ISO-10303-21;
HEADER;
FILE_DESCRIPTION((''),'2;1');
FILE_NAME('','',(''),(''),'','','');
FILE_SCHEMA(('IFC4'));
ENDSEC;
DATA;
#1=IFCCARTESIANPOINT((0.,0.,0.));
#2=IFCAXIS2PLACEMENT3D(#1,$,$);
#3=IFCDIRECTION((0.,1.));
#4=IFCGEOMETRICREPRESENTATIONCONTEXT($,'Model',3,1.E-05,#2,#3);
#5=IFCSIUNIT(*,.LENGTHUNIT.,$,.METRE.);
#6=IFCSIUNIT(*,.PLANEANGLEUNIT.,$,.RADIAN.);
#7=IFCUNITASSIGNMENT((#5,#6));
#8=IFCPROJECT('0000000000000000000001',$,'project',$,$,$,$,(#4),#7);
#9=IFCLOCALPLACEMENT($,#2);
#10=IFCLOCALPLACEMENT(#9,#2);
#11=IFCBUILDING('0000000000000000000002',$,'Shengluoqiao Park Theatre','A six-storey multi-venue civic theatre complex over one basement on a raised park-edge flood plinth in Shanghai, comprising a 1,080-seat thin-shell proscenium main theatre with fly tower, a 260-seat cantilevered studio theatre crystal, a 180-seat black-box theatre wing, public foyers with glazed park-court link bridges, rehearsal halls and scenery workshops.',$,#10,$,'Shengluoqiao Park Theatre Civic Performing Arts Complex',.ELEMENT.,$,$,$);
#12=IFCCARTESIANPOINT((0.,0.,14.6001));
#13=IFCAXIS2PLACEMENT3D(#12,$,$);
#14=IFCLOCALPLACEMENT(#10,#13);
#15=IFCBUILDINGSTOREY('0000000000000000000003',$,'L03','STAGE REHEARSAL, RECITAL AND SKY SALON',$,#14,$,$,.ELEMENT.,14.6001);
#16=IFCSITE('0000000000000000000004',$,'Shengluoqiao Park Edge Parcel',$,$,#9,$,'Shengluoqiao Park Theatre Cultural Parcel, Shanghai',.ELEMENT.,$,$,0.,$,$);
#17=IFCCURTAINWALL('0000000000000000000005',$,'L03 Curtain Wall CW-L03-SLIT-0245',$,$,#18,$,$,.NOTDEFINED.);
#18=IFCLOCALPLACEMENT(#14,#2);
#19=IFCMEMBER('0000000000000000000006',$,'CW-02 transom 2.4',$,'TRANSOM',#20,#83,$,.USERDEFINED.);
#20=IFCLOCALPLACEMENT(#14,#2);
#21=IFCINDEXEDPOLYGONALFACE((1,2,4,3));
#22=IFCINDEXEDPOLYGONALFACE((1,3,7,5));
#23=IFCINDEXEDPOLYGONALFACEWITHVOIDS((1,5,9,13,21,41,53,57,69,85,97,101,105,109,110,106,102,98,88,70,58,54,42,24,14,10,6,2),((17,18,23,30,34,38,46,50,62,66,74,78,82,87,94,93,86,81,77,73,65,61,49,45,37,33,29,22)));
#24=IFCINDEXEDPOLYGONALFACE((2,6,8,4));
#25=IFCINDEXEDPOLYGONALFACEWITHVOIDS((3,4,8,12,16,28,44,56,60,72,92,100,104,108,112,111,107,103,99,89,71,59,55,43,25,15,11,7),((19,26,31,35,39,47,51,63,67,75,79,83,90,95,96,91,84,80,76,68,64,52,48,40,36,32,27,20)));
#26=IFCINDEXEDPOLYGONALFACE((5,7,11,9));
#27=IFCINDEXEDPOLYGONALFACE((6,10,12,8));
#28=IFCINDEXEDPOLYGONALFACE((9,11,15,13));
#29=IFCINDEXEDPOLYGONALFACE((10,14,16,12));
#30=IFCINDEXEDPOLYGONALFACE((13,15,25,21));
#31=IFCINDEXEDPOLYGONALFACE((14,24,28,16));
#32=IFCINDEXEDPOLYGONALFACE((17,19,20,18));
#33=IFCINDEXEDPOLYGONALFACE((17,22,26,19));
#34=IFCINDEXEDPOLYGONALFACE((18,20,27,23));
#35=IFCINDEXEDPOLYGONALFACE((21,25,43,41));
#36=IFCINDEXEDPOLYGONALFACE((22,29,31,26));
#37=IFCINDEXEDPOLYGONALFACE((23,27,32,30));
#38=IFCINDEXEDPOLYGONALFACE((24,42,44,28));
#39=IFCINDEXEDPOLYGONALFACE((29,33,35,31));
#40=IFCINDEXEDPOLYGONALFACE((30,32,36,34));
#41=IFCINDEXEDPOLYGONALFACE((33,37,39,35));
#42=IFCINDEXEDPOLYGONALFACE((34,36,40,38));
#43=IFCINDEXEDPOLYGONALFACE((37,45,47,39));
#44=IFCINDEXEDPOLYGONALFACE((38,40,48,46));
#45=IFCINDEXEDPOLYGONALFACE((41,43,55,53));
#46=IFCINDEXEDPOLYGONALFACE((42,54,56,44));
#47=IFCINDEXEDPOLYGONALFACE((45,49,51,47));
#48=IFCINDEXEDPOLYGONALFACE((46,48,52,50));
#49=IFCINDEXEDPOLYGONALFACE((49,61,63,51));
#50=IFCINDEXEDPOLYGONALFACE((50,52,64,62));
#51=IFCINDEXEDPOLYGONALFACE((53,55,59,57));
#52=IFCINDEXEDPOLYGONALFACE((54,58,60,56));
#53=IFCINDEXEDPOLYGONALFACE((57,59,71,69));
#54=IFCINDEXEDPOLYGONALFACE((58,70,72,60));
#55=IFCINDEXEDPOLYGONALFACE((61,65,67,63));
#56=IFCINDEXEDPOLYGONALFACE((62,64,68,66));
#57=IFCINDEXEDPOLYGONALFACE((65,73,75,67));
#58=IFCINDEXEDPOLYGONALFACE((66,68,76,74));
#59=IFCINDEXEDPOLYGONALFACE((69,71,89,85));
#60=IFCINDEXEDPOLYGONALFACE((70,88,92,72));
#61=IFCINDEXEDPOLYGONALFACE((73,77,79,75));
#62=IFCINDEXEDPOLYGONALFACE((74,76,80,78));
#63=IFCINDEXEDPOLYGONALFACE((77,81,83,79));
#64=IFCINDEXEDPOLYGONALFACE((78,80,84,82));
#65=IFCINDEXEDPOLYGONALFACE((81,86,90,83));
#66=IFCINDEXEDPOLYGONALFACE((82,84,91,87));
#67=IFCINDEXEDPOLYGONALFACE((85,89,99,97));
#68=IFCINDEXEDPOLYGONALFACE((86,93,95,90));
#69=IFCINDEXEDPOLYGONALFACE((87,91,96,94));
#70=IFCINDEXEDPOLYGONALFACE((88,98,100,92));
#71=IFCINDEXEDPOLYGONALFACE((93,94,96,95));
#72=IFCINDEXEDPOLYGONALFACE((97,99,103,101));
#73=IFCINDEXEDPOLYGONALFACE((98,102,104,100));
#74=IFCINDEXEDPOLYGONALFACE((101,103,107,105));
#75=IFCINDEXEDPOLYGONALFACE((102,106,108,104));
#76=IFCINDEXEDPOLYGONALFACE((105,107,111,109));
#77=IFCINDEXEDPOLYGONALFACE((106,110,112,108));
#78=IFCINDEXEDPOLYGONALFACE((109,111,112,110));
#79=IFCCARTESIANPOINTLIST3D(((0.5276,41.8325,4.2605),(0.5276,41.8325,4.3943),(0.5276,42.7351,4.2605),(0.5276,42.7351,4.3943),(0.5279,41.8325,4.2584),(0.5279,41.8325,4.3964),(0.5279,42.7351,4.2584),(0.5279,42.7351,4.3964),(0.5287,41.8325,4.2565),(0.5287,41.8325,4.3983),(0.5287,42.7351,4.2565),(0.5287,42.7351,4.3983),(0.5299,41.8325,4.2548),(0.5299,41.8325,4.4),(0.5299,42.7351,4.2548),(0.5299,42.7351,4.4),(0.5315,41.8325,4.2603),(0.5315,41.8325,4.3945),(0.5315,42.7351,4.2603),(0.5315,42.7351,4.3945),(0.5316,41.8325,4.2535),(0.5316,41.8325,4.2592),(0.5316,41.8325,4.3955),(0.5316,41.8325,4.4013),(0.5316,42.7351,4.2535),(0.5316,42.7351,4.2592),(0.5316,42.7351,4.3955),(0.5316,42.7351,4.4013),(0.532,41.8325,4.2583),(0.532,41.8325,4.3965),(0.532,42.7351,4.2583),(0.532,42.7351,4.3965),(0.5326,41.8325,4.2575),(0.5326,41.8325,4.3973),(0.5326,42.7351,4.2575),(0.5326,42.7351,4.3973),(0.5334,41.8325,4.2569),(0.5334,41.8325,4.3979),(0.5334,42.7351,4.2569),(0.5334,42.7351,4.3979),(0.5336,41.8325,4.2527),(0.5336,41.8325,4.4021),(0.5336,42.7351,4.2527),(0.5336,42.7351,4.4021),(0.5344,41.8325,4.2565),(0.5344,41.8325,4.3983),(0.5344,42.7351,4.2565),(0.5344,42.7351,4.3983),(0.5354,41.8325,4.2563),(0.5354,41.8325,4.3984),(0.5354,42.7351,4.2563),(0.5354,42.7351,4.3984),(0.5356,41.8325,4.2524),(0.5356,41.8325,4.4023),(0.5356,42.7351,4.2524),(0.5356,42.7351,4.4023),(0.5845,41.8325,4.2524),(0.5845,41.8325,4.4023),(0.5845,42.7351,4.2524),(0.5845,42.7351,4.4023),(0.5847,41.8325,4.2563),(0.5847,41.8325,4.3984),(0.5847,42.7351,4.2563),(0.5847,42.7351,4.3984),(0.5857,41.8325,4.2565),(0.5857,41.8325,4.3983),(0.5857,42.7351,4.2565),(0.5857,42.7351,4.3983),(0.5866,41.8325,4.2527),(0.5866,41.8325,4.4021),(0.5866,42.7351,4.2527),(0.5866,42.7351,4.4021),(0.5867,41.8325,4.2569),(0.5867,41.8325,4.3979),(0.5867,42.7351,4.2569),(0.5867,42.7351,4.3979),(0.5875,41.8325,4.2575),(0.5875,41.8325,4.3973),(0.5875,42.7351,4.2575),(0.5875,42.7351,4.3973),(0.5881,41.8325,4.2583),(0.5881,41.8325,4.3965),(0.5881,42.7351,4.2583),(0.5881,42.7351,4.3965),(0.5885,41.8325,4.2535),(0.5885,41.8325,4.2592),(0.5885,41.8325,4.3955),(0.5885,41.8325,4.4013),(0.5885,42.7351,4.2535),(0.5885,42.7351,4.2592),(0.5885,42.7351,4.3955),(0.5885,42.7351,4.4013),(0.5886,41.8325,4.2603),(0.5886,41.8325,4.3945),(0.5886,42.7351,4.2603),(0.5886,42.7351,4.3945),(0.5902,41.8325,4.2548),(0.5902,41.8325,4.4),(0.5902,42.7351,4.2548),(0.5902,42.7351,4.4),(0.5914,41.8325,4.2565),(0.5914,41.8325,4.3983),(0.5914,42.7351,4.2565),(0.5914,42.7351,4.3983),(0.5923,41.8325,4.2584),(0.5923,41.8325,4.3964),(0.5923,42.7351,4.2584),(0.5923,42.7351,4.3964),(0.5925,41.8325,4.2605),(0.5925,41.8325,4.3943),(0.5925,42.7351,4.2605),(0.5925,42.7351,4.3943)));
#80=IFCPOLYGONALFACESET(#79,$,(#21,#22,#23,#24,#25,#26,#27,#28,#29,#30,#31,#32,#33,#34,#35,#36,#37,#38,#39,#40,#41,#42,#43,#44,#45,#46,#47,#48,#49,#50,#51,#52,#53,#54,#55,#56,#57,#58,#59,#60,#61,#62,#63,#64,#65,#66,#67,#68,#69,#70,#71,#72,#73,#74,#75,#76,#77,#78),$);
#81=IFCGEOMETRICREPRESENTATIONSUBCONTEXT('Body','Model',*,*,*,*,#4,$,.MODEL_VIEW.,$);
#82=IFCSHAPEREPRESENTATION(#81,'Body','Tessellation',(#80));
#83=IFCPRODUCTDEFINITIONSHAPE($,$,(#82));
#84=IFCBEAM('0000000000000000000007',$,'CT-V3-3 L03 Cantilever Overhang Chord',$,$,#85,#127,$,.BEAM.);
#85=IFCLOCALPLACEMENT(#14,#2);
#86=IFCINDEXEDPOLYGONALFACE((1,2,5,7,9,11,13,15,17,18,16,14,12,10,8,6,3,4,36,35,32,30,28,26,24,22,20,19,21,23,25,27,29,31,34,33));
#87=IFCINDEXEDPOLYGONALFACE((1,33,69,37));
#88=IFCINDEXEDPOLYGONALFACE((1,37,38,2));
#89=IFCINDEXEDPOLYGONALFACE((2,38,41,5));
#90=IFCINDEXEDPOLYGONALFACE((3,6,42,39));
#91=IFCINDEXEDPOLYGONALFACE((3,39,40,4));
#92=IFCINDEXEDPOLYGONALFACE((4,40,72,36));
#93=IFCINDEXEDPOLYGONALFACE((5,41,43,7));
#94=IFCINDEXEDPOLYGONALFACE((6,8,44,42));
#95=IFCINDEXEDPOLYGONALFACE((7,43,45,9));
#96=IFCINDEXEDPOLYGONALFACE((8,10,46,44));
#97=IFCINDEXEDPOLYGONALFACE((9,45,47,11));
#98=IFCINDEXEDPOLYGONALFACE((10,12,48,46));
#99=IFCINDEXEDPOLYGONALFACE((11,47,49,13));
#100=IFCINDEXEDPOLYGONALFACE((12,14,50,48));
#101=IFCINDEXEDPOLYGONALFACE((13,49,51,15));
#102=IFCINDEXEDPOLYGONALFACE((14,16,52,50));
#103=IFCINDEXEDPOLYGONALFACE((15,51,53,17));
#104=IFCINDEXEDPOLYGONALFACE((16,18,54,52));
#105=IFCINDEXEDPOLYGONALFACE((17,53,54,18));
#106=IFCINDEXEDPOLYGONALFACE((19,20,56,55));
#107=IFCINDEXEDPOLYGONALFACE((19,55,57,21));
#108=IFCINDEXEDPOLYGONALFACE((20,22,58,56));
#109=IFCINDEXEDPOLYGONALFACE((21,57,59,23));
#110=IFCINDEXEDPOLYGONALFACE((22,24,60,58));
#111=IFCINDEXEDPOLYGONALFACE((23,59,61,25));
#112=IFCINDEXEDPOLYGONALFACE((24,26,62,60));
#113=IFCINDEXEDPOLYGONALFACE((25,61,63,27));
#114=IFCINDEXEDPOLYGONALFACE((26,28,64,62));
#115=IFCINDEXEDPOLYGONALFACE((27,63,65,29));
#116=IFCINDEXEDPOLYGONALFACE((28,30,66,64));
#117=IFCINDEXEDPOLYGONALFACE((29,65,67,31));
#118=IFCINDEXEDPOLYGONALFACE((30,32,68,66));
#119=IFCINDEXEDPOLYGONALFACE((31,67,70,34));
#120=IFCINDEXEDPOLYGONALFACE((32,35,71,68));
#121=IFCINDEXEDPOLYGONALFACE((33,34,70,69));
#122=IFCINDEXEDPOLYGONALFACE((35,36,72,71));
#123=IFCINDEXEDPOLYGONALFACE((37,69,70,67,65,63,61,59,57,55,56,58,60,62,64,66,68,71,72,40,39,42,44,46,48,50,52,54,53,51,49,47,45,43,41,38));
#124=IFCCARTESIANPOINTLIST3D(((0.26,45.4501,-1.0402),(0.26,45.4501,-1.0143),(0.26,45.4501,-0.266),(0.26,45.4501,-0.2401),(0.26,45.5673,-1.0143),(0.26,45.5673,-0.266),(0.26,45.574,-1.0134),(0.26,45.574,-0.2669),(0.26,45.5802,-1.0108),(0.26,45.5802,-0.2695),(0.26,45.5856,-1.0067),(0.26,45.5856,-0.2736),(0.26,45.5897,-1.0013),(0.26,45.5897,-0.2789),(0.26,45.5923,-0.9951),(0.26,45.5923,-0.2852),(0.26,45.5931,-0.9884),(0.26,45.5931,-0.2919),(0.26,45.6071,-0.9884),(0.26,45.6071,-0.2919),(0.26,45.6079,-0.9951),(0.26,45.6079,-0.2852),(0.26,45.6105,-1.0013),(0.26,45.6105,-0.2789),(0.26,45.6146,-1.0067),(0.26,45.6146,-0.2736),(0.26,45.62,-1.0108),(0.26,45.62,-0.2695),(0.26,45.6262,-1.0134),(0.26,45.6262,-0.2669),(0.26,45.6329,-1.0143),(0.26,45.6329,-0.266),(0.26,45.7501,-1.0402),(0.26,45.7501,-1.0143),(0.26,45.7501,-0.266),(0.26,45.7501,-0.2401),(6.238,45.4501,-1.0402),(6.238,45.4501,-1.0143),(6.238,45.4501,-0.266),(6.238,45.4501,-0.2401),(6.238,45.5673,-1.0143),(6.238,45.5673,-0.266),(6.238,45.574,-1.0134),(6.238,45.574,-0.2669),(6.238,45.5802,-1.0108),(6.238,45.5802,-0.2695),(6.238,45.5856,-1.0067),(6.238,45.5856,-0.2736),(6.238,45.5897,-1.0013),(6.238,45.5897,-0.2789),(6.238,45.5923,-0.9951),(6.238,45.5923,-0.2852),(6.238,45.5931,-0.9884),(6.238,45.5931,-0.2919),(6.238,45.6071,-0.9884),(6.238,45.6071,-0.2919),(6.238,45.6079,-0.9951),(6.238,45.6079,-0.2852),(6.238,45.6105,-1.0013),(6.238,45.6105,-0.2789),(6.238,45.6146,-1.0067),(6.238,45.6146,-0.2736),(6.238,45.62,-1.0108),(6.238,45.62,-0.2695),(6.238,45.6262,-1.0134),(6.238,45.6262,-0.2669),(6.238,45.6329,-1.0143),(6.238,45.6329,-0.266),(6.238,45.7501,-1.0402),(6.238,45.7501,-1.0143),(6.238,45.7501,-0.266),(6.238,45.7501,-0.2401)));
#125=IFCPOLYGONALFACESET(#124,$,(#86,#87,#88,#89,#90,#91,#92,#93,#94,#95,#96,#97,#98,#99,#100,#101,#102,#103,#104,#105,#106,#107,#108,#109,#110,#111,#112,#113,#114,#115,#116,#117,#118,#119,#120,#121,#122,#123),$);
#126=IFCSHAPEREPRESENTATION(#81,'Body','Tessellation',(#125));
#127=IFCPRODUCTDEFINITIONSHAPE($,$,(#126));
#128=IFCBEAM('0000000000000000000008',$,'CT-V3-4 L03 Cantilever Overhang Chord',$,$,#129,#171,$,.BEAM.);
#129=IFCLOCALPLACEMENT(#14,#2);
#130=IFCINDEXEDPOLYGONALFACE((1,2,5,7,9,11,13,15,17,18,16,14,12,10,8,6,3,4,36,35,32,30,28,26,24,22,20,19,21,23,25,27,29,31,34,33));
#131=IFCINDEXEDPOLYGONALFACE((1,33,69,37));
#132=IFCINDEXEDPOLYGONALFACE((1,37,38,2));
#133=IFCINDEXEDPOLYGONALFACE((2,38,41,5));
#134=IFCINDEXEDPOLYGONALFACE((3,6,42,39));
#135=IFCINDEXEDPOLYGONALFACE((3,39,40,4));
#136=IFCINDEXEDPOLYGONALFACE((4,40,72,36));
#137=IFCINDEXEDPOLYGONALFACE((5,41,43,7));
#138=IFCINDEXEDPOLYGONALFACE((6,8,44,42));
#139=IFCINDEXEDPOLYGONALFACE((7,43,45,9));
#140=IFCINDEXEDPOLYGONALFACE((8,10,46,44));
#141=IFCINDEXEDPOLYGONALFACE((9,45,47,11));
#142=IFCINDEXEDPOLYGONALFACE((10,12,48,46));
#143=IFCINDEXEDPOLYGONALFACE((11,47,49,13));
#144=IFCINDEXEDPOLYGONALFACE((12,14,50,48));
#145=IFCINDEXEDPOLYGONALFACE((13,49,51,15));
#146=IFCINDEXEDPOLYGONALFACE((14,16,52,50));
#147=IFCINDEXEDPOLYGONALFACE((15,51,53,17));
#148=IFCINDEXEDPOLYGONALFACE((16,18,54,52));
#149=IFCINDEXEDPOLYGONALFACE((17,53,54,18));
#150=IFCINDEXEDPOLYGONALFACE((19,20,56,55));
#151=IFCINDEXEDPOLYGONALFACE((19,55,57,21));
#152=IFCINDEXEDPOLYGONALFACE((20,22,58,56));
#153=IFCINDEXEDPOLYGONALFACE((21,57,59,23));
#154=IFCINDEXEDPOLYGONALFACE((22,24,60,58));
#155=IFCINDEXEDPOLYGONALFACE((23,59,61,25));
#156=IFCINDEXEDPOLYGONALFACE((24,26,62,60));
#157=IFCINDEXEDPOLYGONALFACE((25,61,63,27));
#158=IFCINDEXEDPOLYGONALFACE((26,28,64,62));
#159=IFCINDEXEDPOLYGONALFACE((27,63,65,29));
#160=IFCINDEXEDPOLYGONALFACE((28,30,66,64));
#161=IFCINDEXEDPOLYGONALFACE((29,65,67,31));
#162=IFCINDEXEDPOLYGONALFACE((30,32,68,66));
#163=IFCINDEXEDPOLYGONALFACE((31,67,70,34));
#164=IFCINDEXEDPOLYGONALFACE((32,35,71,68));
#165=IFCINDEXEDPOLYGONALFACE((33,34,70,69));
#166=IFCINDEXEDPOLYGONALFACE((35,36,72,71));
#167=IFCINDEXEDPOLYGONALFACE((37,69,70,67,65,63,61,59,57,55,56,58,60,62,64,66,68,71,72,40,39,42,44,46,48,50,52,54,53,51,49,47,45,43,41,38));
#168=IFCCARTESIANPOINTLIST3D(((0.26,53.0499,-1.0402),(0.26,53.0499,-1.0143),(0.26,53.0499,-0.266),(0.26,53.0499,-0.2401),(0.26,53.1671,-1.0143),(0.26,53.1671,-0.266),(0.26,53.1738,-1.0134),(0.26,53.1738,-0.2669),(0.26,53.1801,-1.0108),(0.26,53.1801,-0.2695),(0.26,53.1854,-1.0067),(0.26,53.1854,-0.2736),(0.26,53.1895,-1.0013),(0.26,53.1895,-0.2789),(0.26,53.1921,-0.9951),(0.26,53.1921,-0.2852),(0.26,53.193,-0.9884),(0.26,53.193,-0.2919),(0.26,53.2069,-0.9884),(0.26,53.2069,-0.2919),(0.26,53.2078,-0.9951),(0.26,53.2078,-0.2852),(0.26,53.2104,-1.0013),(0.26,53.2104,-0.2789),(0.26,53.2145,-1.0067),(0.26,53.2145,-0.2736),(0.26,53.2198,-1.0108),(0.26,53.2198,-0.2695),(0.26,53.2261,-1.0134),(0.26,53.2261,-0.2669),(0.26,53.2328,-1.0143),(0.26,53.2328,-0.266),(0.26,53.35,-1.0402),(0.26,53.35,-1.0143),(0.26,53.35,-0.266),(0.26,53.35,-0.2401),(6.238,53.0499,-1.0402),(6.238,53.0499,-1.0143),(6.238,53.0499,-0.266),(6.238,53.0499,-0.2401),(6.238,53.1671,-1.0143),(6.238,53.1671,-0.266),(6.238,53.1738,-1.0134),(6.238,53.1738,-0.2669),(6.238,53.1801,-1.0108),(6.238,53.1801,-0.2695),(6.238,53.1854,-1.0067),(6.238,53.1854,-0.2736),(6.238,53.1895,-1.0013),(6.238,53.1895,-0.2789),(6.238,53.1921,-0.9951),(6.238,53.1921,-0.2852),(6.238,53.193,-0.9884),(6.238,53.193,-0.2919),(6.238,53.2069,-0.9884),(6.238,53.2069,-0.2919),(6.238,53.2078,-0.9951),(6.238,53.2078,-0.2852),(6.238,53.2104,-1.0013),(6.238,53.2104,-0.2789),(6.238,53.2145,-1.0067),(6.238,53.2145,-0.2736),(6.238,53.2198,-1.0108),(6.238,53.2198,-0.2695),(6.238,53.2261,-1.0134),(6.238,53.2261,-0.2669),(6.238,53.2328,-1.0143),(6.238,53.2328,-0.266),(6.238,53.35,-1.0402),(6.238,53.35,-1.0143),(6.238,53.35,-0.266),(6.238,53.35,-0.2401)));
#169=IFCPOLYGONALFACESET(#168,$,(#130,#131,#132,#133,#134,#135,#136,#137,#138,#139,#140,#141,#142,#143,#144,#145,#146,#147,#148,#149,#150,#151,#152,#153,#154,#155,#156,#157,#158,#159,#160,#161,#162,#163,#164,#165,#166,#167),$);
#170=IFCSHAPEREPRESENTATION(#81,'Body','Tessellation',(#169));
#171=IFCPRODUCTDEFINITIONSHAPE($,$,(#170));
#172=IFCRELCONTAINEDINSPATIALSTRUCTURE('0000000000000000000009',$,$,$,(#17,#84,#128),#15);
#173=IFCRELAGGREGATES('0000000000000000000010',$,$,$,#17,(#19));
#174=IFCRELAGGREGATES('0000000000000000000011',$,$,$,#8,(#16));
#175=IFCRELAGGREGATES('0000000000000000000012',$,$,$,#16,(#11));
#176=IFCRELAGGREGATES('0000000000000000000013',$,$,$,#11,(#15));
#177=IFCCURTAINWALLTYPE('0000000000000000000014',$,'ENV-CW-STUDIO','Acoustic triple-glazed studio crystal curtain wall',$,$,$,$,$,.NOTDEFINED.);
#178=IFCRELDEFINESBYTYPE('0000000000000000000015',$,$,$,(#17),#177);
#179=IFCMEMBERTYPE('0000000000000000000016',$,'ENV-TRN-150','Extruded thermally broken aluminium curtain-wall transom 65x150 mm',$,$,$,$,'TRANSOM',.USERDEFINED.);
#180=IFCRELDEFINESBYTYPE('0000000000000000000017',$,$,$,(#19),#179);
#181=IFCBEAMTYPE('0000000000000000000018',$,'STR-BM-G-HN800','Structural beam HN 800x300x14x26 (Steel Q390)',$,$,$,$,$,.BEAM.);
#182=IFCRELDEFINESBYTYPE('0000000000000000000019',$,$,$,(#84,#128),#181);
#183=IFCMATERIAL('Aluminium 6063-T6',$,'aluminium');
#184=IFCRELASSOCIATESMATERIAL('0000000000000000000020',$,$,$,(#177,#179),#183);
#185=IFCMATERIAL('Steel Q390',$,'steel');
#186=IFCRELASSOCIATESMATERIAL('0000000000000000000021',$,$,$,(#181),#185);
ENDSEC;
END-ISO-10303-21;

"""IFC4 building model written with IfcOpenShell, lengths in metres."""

from ifc_helpers import new_model, si_unit, direction, frame, origin, origin_2d, place, context, subcontext, project, spatial, hollow_rectangle, i_section, extrude, material, material_profile, profile_set, type_object, element, aggregate, save


model = new_model("IFC4")

# Units and contexts
model_context = context("Model", 3, precision=1e-05, world=origin(), true_north=direction((0.0, 1.0)))
body_context = subcontext(model_context, "Body", "Model", "MODEL_VIEW")
ifc_project = project(units=[si_unit("LENGTHUNIT", "METRE"), si_unit("PLANEANGLEUNIT", "RADIAN")], contexts=[model_context])

# Site, building, storey
site_placement = place(None, origin())
site = spatial("IfcSite", under=ifc_project, at=site_placement, Name="Shengluoqiao Park Edge Parcel", LongName="Shengluoqiao Park Theatre Cultural Parcel, Shanghai", CompositionType="ELEMENT", RefElevation=0.0)
building_placement = place(site_placement, origin())
building = spatial("IfcBuilding", under=site, at=building_placement, Name="Shengluoqiao Park Theatre", Description="A six-storey multi-venue civic theatre complex over one basement on a raised park-edge flood plinth in Shanghai, comprising a 1,080-seat thin-shell proscenium main theatre with fly tower, a 260-seat cantilevered studio theatre crystal, a 180-seat black-box theatre wing, public foyers with glazed park-court link bridges, rehearsal halls and scenery workshops.", LongName="Shengluoqiao Park Theatre Civic Performing Arts Complex", CompositionType="ELEMENT")
storey_placement = place(building_placement, frame((0.0, 0.0, 14.6001)))
storey = spatial("IfcBuildingStorey", under=building, at=storey_placement, Name="L03", Description="STAGE REHEARSAL, RECITAL AND SKY SALON", CompositionType="ELEMENT", Elevation=14.6001)

# Curtain wall, member
ifc_material_1 = material(Name="Aluminium 6063-T6", Category="aluminium")
curtain_wall_type = type_object("IfcCurtainWallType", Name="ENV-CW-STUDIO", Description="Acoustic triple-glazed studio crystal curtain wall", PredefinedType="NOTDEFINED", material=ifc_material_1)
curtain_wall_placement = place(storey_placement, origin())
curtain_wall = element("IfcCurtainWall", 1, at=curtain_wall_placement, inside=storey, type_object=curtain_wall_type, Name="L03 Curtain Wall CW-L03-SLIT-0245", PredefinedType="NOTDEFINED")
ifc_material_profile_1 = material_profile(ifc_material_1, hollow_rectangle(XDim=0.0649, YDim=0.1499, WallThickness=0.0039, InnerFilletRadius=0.0039, OuterFilletRadius=0.0081, at=origin_2d()), Name="ALU TRANSOM 150x65x4")
ifc_profile_set_1 = profile_set([ifc_material_profile_1], Name="Aluminium 6063-T6")
member_type_1 = type_object("IfcMemberType", Name="ENV-TRN-150", Description="Extruded thermally broken aluminium curtain-wall transom 65x150 mm", ElementType="TRANSOM", PredefinedType="USERDEFINED", material=ifc_profile_set_1)
member_1_placement = place(storey_placement, frame((0.5601, 41.8325, 4.3274), z_axis=(0.0, 1.0, 0.0), x_axis=(-1.0, 0.0, 0.0)))
member_1 = element("IfcMember", 2, at=member_1_placement, type_object=member_type_1, Name="CW-02 transom 2.4", ObjectType="TRANSOM", PredefinedType="USERDEFINED", context=body_context, shape_type="SweptSolid", body=[
    extrude(hollow_rectangle(XDim=0.0649, YDim=0.1499, WallThickness=0.0039, InnerFilletRadius=0.0039, OuterFilletRadius=0.0081, at=origin_2d()), origin(), (0.0, 0.0, 1.0), 0.9026),
])

# Beams
ifc_material_2 = material(Name="Steel Q390", Category="steel")
ifc_material_profile_2 = material_profile(ifc_material_2, i_section(OverallWidth=0.3, OverallDepth=0.8, WebThickness=0.0139, FlangeThickness=0.0259, FilletRadius=0.0259, at=origin_2d()), Name="HN 800x300x14x26")
ifc_profile_set_2 = profile_set([ifc_material_profile_2], Name="Steel Q390")
beam_type_1 = type_object("IfcBeamType", Name="STR-BM-G-HN800", Description="Structural beam HN 800x300x14x26 (Steel Q390)", PredefinedType="BEAM", material=ifc_profile_set_2)
for number, where, z_axis, x_axis, name in (
    (3, (0.26, 45.6001, -0.6401), (1.0, 0.0, 0.0), (0.0, 1.0, 0.0), "CT-V3-3 L03 Cantilever Overhang Chord"),
    (4, (0.26, 53.2, -0.6401), (1.0, 0.0, 0.0), (0.0, 1.0, 0.0), "CT-V3-4 L03 Cantilever Overhang Chord"),
):
    element("IfcBeam", number, at=place(storey_placement, frame(where, z_axis=z_axis, x_axis=x_axis)), inside=storey, type_object=beam_type_1, Name=name, PredefinedType="BEAM", context=body_context, shape_type="SweptSolid", body=[
        extrude(i_section(OverallWidth=0.3, OverallDepth=0.8, WebThickness=0.0139, FlangeThickness=0.0259, FilletRadius=0.0259, at=origin_2d()), origin(), (0.0, 0.0, 1.0), 5.978),
    ])

aggregate(curtain_wall, [member_1])

save(model, "model.ifc")
